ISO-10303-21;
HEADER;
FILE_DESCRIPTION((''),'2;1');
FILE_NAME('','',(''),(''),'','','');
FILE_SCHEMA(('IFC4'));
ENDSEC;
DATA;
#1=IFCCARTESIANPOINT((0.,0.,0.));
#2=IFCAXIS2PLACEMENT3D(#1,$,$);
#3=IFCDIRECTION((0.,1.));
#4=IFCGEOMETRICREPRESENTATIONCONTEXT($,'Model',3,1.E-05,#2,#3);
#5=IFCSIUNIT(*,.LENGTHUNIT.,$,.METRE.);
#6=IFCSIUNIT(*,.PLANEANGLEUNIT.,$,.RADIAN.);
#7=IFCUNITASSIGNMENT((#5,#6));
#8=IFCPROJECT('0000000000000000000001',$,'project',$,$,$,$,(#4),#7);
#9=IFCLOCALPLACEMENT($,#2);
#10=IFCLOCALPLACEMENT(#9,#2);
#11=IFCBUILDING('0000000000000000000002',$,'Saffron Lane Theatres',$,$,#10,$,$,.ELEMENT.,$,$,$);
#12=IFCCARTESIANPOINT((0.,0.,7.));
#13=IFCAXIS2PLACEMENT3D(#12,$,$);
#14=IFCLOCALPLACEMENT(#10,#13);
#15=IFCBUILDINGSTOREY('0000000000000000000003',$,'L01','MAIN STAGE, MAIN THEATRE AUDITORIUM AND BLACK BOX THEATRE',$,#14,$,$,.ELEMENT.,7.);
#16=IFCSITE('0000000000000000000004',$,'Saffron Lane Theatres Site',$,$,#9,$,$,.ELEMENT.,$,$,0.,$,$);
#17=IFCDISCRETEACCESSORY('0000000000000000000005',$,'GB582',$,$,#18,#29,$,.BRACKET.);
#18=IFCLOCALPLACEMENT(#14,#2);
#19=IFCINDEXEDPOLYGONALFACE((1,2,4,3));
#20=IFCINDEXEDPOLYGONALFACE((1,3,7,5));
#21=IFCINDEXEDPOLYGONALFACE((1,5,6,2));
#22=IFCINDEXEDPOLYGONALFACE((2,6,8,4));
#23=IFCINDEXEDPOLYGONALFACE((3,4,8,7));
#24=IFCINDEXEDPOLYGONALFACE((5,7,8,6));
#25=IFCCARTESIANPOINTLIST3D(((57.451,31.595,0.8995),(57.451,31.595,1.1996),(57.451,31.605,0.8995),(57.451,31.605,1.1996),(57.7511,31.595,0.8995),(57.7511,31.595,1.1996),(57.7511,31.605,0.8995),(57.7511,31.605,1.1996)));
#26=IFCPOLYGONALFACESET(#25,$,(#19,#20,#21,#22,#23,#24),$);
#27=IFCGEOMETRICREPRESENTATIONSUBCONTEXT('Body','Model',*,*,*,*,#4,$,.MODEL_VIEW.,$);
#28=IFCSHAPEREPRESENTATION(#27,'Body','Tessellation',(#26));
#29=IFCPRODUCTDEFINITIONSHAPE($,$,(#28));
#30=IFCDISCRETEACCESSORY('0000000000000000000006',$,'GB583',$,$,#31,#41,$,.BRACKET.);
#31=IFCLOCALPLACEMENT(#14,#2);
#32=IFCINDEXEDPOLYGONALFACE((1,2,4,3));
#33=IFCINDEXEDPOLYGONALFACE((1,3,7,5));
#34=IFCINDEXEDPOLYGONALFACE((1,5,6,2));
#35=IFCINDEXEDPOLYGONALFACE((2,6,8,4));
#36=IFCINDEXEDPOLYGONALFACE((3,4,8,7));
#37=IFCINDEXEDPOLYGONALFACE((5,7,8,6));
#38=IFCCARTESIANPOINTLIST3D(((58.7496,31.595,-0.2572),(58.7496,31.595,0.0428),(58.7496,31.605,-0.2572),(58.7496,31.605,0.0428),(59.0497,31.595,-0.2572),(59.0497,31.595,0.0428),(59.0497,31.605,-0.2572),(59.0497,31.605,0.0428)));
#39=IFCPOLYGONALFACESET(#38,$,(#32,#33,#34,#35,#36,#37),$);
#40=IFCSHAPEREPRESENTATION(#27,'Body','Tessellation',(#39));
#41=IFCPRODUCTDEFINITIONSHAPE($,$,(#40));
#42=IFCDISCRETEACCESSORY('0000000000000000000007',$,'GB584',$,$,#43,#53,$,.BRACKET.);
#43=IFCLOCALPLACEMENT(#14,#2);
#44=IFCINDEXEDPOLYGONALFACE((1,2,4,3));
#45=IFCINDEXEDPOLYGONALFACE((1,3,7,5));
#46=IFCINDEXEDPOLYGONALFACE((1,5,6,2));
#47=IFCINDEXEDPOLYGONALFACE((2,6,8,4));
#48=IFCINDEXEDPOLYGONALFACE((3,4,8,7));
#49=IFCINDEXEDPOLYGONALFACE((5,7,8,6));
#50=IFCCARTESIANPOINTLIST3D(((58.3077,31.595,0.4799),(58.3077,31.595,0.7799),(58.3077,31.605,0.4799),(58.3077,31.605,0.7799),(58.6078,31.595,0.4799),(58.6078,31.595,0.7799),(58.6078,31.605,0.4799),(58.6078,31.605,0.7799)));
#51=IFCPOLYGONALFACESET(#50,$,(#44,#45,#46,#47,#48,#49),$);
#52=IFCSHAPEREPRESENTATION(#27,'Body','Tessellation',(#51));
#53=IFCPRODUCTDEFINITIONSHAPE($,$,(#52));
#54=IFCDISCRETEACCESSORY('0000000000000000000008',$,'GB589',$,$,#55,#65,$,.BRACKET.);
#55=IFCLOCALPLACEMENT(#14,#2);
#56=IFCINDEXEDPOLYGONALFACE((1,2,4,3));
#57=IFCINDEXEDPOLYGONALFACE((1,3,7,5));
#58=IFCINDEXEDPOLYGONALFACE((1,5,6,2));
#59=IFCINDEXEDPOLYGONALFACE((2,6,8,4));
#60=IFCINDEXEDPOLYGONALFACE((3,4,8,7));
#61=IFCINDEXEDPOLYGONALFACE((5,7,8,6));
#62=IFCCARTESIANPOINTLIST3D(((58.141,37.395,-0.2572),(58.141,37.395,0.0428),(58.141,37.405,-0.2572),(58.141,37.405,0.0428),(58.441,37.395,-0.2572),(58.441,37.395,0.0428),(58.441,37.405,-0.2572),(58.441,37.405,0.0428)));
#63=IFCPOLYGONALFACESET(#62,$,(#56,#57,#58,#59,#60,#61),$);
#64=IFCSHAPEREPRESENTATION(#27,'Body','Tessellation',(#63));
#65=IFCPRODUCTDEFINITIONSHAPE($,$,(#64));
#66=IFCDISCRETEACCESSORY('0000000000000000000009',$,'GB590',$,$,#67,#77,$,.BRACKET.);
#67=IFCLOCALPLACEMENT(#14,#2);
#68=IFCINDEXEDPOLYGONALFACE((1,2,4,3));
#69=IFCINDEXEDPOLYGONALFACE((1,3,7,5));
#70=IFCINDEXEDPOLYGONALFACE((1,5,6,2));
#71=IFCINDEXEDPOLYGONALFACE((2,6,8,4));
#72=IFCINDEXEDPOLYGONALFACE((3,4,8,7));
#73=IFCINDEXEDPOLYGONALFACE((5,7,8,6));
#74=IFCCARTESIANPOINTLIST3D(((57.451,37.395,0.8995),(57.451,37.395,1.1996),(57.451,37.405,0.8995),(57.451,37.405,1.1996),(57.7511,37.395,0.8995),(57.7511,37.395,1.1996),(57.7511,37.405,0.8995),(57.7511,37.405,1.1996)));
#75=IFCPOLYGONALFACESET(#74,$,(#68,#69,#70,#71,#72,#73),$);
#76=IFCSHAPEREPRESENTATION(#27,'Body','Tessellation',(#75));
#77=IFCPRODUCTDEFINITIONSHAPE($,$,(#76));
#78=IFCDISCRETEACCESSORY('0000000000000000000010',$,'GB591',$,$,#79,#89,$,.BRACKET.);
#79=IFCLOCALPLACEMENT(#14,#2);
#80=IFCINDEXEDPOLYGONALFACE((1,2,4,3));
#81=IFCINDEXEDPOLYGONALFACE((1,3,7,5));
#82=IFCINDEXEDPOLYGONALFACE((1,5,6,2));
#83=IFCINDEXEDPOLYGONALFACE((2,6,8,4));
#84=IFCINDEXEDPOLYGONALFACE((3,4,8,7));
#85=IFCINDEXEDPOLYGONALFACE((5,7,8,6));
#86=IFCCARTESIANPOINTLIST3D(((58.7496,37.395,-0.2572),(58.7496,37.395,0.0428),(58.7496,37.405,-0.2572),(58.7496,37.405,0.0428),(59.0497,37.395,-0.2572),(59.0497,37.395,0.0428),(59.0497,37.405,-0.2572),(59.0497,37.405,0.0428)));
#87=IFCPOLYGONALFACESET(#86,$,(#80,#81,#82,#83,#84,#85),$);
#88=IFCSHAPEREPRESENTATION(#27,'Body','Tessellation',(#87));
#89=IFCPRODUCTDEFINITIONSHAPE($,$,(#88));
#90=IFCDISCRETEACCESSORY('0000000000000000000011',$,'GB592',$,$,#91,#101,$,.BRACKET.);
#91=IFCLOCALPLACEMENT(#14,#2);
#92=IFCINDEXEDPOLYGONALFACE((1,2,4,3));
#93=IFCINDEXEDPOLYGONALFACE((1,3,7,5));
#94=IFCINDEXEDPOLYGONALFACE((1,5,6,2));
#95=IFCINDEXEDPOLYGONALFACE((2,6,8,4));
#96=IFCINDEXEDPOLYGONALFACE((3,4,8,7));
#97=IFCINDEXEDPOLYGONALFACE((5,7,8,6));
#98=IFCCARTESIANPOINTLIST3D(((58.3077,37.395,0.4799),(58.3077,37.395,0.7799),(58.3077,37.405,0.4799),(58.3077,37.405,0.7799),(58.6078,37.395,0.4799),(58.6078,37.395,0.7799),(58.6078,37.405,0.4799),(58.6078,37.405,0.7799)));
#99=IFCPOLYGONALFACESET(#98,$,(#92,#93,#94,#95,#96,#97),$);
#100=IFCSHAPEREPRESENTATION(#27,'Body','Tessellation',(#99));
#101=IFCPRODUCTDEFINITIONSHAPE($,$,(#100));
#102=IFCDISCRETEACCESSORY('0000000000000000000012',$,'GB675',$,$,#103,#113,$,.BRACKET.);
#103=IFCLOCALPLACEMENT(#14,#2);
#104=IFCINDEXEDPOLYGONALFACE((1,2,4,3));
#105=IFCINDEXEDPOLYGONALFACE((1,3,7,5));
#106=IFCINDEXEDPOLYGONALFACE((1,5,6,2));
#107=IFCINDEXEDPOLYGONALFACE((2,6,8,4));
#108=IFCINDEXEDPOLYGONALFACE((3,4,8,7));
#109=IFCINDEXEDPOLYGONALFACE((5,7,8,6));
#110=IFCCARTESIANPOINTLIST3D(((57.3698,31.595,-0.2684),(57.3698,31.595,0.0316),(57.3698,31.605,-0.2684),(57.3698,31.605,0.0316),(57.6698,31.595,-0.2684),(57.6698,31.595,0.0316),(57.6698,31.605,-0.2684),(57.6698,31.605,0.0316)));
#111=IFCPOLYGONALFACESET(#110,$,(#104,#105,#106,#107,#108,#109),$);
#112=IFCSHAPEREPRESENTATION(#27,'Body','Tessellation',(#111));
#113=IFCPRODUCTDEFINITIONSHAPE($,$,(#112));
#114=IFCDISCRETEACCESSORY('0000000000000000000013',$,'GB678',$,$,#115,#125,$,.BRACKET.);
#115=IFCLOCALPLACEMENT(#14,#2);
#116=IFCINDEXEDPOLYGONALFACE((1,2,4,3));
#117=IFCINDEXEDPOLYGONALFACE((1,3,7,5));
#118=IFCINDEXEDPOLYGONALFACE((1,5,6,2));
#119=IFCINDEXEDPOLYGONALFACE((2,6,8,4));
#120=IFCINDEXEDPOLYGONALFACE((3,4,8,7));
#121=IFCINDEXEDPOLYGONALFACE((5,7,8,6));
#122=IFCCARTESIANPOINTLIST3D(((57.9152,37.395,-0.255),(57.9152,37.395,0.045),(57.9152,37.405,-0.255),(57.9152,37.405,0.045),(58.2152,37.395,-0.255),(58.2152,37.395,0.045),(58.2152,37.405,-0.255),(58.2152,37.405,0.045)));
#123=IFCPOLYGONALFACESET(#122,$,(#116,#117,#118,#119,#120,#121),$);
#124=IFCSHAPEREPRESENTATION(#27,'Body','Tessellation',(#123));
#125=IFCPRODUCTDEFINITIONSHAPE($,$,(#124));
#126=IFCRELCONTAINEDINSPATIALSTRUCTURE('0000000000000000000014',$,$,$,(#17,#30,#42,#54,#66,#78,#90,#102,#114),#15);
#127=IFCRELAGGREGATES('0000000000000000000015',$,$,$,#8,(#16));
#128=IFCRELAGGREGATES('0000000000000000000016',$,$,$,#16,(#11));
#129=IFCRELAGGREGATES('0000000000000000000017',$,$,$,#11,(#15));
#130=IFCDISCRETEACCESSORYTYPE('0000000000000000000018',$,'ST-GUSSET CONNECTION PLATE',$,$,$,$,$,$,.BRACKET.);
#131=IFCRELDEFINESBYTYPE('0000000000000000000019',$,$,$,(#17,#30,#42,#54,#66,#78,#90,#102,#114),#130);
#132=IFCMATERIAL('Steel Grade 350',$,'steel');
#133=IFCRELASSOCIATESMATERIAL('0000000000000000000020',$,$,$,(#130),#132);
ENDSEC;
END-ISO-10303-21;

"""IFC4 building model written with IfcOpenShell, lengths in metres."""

from ifc_helpers import new_model, si_unit, direction, frame, origin, origin_2d, place, context, subcontext, project, spatial, rectangle, extrude, material, material_profile, profile_set, type_object, element, save


model = new_model("IFC4")

# Units and contexts
model_context = context("Model", 3, precision=1e-05, world=origin(), true_north=direction((0.0, 1.0)))
body_context = subcontext(model_context, "Body", "Model", "MODEL_VIEW")
ifc_project = project(units=[si_unit("LENGTHUNIT", "METRE"), si_unit("PLANEANGLEUNIT", "RADIAN")], contexts=[model_context])

# Site, building, storey
site_placement = place(None, origin())
site = spatial("IfcSite", under=ifc_project, at=site_placement, Name="Saffron Lane Theatres Site", CompositionType="ELEMENT", RefElevation=0.0)
building_placement = place(site_placement, origin())
building = spatial("IfcBuilding", under=site, at=building_placement, Name="Saffron Lane Theatres", CompositionType="ELEMENT")
storey_placement = place(building_placement, frame((0.0, 0.0, 7.0)))
storey = spatial("IfcBuildingStorey", under=building, at=storey_placement, Name="L01", Description="MAIN STAGE, MAIN THEATRE AUDITORIUM AND BLACK BOX THEATRE", CompositionType="ELEMENT", Elevation=7.0)

# Discrete accessories
ifc_material_1 = material(Name="Steel Grade 350", Category="steel")
ifc_material_profile_1 = material_profile(ifc_material_1, rectangle(XDim=0.3, YDim=0.3, at=origin_2d()))
ifc_profile_set_1 = profile_set([ifc_material_profile_1], Name="Steel Grade 350")
discrete_accessory_type = type_object("IfcDiscreteAccessoryType", Name="ST-GUSSET CONNECTION PLATE", PredefinedType="BRACKET", material=ifc_profile_set_1)
for number, where, z_axis, x_axis, name in (
    (1, (57.6011, 31.595, 1.0496), (0.0, 1.0, 0.0), (-1.0, 0.0, 0.0), "GB582"),
    (2, (58.8997, 31.595, -0.1072), (0.0, 1.0, 0.0), (-1.0, 0.0, 0.0), "GB583"),
    (3, (58.4578, 31.595, 0.6299), (0.0, 1.0, 0.0), (-1.0, 0.0, 0.0), "GB584"),
    (4, (58.291, 37.395, -0.1072), (0.0, 1.0, 0.0), (-1.0, 0.0, 0.0), "GB589"),
    (5, (57.6011, 37.395, 1.0496), (0.0, 1.0, 0.0), (-1.0, 0.0, 0.0), "GB590"),
    (6, (58.8997, 37.395, -0.1072), (0.0, 1.0, 0.0), (-1.0, 0.0, 0.0), "GB591"),
    (7, (58.4578, 37.395, 0.6299), (0.0, 1.0, 0.0), (-1.0, 0.0, 0.0), "GB592"),
    (8, (57.5198, 31.595, -0.1184), (0.0, 1.0, 0.0), (-1.0, 0.0, 0.0), "GB675"),
    (9, (58.0652, 37.395, -0.105), (0.0, 1.0, 0.0), (-1.0, 0.0, 0.0), "GB678"),
):
    element("IfcDiscreteAccessory", number, at=place(storey_placement, frame(where, z_axis=z_axis, x_axis=x_axis)), inside=storey, type_object=discrete_accessory_type, Name=name, PredefinedType="BRACKET", context=body_context, shape_type="SweptSolid", body=[
        extrude(rectangle(XDim=0.3, YDim=0.3, at=origin_2d()), origin(), (0.0, 0.0, 1.0), 0.01),
    ])

save(model, "model.ifc")
